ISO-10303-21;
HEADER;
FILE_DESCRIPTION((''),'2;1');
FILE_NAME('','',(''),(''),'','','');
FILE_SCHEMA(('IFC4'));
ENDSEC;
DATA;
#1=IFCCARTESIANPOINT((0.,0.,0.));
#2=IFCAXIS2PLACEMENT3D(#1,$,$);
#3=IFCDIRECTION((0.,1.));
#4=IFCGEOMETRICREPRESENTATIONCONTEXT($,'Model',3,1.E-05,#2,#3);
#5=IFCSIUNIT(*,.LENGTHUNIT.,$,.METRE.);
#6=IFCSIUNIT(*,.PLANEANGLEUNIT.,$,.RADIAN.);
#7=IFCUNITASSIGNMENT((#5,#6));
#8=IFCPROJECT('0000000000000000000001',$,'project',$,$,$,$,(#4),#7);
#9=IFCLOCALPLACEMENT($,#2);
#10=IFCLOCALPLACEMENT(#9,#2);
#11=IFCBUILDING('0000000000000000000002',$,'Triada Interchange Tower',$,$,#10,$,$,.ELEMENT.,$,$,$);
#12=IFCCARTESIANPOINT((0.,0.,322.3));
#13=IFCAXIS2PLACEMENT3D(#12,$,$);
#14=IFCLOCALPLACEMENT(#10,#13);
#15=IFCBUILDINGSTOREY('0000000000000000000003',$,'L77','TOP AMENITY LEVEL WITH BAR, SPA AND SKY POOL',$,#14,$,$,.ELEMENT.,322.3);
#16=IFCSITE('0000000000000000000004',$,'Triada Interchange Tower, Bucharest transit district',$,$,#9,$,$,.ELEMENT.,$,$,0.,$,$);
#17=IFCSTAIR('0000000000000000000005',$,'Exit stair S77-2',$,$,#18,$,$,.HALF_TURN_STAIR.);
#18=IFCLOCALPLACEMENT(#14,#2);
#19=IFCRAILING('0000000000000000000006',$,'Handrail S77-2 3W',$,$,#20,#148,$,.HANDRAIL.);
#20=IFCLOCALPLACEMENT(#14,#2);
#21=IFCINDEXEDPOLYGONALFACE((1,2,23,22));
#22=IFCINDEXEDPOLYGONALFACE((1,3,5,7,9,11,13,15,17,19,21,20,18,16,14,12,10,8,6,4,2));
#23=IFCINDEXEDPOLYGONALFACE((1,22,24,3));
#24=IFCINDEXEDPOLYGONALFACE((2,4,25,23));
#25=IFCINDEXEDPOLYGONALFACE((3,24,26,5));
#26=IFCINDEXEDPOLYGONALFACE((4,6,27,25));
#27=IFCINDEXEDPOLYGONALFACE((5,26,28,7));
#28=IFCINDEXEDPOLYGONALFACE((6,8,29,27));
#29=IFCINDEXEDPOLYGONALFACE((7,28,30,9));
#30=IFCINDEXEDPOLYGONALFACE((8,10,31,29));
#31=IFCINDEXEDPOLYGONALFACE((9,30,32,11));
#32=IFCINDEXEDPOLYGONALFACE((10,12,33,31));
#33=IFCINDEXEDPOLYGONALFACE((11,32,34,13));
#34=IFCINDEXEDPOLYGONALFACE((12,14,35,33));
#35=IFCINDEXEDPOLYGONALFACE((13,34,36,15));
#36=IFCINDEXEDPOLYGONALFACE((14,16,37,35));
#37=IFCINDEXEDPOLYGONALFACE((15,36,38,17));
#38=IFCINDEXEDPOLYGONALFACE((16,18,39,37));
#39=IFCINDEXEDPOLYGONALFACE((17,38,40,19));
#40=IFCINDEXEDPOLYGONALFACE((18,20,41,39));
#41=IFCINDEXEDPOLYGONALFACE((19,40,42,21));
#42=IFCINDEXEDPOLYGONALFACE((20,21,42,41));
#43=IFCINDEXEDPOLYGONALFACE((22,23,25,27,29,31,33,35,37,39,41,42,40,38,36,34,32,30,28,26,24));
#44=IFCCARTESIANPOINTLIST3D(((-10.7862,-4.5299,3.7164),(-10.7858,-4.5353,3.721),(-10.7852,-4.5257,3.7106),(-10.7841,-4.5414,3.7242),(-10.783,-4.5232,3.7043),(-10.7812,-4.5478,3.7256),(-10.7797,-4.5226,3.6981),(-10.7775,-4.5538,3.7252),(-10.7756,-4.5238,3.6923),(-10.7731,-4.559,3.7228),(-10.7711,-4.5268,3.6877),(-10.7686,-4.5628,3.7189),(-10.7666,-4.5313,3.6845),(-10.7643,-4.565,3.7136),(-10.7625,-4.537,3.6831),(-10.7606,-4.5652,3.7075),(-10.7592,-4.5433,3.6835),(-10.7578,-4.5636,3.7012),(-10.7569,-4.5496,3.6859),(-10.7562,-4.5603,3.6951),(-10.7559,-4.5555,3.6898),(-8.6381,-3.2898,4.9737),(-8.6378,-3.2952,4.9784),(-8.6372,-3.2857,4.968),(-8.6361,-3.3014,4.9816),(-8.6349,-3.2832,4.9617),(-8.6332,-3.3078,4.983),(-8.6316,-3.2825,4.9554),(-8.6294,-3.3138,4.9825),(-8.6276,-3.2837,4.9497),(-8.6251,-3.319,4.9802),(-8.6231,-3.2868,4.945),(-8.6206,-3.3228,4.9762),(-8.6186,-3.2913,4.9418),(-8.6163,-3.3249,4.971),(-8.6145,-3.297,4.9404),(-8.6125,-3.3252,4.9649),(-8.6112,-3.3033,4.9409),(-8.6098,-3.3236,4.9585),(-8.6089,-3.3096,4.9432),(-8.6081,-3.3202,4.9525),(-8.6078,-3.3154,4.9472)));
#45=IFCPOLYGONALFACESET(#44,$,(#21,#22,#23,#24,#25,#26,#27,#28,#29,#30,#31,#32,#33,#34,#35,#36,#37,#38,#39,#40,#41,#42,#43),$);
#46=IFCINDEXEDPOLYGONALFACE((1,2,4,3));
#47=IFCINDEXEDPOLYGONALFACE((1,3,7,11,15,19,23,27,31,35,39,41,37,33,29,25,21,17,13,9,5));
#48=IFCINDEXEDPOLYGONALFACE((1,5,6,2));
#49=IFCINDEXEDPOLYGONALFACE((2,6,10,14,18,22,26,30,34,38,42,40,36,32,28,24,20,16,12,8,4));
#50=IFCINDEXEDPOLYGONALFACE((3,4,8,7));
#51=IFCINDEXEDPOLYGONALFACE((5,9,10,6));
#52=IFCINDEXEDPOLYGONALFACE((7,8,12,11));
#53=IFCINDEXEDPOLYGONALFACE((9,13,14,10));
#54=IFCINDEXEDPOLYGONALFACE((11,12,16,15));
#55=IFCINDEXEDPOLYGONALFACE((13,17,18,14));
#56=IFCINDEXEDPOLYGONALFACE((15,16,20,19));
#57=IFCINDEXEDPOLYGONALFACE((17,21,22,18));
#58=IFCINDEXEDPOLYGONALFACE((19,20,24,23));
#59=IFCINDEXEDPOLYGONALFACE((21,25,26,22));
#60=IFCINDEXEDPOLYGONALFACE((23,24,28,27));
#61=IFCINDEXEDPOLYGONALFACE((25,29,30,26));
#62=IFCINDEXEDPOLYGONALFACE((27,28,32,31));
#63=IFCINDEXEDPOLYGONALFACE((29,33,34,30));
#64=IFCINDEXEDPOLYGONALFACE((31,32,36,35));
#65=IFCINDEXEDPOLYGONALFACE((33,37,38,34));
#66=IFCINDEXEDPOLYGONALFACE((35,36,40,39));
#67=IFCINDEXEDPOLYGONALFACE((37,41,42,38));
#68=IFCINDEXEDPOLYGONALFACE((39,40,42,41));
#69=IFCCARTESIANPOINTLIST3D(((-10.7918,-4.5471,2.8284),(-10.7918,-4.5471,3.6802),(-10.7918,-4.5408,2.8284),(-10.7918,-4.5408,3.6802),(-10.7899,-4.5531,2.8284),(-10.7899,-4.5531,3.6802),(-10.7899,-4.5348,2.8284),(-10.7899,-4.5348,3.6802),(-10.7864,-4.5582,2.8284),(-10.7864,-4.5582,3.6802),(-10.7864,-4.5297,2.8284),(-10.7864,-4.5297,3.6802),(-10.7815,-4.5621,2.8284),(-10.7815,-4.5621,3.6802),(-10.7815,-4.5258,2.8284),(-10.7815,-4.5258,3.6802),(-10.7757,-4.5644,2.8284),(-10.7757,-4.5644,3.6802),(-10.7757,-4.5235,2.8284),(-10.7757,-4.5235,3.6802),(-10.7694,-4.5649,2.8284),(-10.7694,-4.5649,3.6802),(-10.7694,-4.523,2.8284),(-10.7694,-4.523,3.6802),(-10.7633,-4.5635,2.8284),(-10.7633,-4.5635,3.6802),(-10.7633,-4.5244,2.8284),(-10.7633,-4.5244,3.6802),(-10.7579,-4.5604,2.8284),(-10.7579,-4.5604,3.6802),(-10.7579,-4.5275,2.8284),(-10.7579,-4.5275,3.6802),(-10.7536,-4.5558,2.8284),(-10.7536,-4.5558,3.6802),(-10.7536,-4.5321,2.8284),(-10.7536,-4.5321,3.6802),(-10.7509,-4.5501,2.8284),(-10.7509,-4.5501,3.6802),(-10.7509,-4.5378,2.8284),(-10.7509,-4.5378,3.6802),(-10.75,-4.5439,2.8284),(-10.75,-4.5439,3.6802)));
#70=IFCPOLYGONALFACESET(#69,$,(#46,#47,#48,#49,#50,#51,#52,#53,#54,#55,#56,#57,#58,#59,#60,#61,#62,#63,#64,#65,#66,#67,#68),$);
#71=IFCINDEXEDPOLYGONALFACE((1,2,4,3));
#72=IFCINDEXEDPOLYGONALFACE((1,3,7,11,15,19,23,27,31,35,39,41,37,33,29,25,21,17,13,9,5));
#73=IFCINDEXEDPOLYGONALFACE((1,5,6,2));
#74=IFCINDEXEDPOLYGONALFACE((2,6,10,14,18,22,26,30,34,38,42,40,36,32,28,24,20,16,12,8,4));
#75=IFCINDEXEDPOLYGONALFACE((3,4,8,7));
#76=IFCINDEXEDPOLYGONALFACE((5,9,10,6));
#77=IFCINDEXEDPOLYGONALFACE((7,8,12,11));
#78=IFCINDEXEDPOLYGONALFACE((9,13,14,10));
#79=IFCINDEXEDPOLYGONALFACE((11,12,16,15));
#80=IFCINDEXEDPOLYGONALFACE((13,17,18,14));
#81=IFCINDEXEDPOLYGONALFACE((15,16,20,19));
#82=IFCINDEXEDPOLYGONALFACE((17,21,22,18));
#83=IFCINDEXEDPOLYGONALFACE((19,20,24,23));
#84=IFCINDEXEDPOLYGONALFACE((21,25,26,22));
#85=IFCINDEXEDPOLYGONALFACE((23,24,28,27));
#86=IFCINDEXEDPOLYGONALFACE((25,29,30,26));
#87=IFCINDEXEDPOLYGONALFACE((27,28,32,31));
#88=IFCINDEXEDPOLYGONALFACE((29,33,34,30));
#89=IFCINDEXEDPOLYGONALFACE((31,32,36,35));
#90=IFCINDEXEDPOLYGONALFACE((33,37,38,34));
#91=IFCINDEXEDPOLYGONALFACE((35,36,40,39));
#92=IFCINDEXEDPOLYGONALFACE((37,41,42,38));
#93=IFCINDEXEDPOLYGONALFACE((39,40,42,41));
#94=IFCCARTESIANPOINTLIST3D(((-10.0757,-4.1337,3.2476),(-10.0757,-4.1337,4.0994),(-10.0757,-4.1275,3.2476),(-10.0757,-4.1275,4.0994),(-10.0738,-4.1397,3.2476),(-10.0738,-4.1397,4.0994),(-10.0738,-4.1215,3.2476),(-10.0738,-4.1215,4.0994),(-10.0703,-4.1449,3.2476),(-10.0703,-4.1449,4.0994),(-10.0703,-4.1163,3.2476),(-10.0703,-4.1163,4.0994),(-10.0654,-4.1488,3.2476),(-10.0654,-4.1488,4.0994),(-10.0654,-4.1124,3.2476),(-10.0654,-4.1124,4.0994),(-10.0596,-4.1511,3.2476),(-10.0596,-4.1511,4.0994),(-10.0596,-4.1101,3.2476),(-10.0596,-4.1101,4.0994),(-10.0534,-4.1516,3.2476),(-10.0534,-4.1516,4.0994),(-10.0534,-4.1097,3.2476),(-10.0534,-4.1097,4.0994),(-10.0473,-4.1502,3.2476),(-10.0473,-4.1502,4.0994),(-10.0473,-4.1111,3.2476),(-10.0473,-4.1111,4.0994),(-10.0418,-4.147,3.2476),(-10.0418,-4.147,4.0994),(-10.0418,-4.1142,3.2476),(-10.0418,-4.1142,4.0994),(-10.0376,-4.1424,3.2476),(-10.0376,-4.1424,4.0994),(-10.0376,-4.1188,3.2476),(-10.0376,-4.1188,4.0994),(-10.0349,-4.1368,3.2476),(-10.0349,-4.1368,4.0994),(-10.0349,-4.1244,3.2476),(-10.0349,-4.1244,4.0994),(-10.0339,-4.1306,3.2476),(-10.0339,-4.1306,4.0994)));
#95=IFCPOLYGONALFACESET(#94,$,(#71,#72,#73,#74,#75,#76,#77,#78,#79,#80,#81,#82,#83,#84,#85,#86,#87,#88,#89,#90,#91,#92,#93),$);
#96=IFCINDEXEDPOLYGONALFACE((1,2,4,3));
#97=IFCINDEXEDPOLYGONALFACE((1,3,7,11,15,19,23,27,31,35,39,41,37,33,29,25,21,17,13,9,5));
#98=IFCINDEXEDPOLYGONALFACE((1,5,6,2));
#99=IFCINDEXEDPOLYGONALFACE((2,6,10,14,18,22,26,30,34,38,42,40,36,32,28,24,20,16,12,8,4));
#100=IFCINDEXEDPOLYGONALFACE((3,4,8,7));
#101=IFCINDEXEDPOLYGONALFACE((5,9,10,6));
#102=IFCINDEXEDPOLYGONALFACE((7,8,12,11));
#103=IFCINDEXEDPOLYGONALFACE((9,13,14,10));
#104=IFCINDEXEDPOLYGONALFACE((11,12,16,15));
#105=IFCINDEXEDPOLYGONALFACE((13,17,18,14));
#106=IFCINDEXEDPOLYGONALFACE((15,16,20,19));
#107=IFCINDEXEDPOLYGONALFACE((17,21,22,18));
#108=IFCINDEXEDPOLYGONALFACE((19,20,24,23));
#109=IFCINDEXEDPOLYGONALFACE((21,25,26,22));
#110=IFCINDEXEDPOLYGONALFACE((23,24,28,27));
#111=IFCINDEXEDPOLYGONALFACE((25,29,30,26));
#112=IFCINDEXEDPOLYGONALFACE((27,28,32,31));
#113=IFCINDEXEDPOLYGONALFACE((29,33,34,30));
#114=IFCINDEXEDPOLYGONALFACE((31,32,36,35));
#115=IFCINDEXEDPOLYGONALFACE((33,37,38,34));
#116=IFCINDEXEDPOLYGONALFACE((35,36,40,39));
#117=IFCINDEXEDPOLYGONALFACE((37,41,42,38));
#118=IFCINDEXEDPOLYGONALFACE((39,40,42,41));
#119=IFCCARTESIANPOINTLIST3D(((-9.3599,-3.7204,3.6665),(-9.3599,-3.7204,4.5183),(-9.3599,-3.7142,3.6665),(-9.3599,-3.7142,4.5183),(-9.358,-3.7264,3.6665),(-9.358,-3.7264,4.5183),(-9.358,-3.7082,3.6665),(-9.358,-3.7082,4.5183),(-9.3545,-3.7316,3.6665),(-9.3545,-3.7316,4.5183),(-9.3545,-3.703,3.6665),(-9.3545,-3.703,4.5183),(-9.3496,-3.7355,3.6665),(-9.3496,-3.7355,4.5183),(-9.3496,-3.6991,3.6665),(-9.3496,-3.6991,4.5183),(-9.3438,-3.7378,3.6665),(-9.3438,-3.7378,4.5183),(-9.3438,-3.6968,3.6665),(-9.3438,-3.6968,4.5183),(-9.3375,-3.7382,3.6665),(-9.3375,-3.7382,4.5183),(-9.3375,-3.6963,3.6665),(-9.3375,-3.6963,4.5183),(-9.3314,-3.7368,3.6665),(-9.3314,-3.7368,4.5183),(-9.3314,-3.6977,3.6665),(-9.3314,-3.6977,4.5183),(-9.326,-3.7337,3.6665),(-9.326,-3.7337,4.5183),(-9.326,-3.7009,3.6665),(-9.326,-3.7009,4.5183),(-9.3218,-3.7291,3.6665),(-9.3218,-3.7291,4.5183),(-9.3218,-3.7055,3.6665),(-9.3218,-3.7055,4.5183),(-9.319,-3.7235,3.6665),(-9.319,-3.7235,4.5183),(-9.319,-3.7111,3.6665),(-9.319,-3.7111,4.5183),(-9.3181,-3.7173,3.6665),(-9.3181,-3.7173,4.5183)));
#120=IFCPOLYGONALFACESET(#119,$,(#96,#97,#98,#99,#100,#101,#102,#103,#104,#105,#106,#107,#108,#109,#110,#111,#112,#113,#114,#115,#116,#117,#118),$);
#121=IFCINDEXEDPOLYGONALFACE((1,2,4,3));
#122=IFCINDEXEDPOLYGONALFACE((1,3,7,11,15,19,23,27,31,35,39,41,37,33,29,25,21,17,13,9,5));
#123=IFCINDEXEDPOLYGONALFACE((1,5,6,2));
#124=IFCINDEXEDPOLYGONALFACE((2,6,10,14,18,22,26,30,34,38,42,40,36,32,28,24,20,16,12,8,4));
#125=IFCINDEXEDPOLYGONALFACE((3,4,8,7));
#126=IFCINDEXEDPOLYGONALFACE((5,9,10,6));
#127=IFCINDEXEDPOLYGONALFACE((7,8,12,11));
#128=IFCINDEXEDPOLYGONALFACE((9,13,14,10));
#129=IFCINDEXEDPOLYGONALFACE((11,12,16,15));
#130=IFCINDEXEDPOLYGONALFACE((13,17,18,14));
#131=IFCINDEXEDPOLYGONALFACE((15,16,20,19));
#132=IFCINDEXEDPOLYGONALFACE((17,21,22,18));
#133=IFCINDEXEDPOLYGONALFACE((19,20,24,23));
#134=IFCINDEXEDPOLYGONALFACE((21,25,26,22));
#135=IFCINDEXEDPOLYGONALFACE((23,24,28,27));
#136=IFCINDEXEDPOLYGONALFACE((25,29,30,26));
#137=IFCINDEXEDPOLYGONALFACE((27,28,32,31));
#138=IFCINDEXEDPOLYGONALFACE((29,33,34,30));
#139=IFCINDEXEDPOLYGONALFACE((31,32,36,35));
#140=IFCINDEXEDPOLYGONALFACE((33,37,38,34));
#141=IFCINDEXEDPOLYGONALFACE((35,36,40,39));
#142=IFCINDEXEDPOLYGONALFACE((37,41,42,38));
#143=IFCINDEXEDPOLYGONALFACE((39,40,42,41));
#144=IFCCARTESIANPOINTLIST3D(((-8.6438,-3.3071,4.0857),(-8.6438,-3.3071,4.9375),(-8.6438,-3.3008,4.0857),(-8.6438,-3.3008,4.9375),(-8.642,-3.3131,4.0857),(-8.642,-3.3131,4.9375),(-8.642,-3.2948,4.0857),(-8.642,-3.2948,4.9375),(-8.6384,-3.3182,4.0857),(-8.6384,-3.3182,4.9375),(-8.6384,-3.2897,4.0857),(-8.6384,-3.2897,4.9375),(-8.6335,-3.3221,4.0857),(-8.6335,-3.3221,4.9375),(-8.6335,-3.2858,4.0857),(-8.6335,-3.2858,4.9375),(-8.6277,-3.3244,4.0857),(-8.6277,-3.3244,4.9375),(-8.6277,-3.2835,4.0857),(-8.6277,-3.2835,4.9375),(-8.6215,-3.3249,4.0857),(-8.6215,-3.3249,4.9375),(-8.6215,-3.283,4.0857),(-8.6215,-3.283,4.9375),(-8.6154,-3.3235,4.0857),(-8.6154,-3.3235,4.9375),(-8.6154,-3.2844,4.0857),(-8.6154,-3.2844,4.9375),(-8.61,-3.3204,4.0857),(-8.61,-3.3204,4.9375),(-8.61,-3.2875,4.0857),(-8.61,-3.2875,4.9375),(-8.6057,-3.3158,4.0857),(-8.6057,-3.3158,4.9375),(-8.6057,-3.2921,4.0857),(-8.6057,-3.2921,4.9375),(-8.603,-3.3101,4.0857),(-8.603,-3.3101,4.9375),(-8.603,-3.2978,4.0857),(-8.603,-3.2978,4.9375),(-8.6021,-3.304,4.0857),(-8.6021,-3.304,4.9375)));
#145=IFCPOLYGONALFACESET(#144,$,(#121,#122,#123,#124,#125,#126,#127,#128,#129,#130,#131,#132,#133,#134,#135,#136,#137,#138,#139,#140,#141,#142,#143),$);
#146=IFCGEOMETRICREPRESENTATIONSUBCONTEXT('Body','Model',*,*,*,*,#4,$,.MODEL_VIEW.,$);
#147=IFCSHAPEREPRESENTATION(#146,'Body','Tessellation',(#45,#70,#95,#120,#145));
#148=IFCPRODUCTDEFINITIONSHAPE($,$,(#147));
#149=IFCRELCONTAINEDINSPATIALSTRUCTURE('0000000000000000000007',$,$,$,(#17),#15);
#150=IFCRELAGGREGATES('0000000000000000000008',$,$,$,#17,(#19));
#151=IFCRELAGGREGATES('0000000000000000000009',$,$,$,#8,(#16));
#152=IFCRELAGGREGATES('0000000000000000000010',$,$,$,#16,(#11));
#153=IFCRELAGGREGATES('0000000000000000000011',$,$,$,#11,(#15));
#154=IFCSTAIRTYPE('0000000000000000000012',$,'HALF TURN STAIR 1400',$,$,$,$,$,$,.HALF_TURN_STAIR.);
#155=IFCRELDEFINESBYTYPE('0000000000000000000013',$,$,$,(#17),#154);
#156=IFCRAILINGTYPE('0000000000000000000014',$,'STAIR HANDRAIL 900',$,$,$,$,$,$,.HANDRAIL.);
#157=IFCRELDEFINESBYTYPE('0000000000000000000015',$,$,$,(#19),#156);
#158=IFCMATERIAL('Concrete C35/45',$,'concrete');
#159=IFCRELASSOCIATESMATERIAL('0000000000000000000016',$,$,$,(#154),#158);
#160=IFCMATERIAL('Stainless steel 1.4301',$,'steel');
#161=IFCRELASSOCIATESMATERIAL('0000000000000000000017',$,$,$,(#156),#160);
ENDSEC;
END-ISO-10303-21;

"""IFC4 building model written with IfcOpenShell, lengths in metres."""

from ifc_helpers import new_model, si_unit, direction, frame, origin, origin_2d, place, context, subcontext, project, spatial, circle, extrude, material, type_object, element, aggregate, save


model = new_model("IFC4")

# Units and contexts
model_context = context("Model", 3, precision=1e-05, world=origin(), true_north=direction((0.0, 1.0)))
body_context = subcontext(model_context, "Body", "Model", "MODEL_VIEW")
ifc_project = project(units=[si_unit("LENGTHUNIT", "METRE"), si_unit("PLANEANGLEUNIT", "RADIAN")], contexts=[model_context])

# Site, building, storey
site_placement = place(None, origin())
site = spatial("IfcSite", under=ifc_project, at=site_placement, Name="Triada Interchange Tower, Bucharest transit district", CompositionType="ELEMENT", RefElevation=0.0)
building_placement = place(site_placement, origin())
building = spatial("IfcBuilding", under=site, at=building_placement, Name="Triada Interchange Tower", CompositionType="ELEMENT")
storey_placement = place(building_placement, frame((0.0, 0.0, 322.3)))
storey = spatial("IfcBuildingStorey", under=building, at=storey_placement, Name="L77", Description="TOP AMENITY LEVEL WITH BAR, SPA AND SKY POOL", CompositionType="ELEMENT", Elevation=322.3)

# Shared definitions
ifc_material_1 = material(Name="Concrete C35/45", Category="concrete")

# Stair, railing
stair_type = type_object("IfcStairType", Name="HALF TURN STAIR 1400", PredefinedType="HALF_TURN_STAIR", material=ifc_material_1)
stair_placement = place(storey_placement, origin())
stair = element("IfcStair", 1, at=stair_placement, inside=storey, type_object=stair_type, Name="Exit stair S77-2", PredefinedType="HALF_TURN_STAIR")
ifc_material_2 = material(Name="Stainless steel 1.4301", Category="steel")
railing_type_1 = type_object("IfcRailingType", Name="STAIR HANDRAIL 900", PredefinedType="HANDRAIL", material=ifc_material_2)
railing_1_placement = place(storey_placement, frame((-10.771, -4.5439, 2.8284)))
railing_1 = element("IfcRailing", 2, at=railing_1_placement, type_object=railing_type_1, Name="Handrail S77-2 3W", PredefinedType="HANDRAIL", context=body_context, shape_type="SweptSolid", body=[
    extrude(circle(Radius=0.0239, at=origin_2d()), frame((0.0, 0.0, 0.876), z_axis=(0.772457, 0.445932, 0.452166), x_axis=(-0.499961, 0.866048, 0.0)), (0.0, 0.0, 1.0), 2.7808),
    extrude(circle(Radius=0.021, at=origin_2d()), origin(), (0.0, 0.0, 1.0), 0.8518),
    extrude(circle(Radius=0.021, at=origin_2d()), frame((0.7161, 0.4133, 0.4192)), (0.0, 0.0, 1.0), 0.8518),
    extrude(circle(Radius=0.021, at=origin_2d()), frame((1.4319, 0.8267, 0.8381)), (0.0, 0.0, 1.0), 0.8518),
    extrude(circle(Radius=0.021, at=origin_2d()), frame((2.1479, 1.24, 1.2573)), (0.0, 0.0, 1.0), 0.8518),
])
aggregate(stair, [railing_1])

save(model, "model.ifc")
